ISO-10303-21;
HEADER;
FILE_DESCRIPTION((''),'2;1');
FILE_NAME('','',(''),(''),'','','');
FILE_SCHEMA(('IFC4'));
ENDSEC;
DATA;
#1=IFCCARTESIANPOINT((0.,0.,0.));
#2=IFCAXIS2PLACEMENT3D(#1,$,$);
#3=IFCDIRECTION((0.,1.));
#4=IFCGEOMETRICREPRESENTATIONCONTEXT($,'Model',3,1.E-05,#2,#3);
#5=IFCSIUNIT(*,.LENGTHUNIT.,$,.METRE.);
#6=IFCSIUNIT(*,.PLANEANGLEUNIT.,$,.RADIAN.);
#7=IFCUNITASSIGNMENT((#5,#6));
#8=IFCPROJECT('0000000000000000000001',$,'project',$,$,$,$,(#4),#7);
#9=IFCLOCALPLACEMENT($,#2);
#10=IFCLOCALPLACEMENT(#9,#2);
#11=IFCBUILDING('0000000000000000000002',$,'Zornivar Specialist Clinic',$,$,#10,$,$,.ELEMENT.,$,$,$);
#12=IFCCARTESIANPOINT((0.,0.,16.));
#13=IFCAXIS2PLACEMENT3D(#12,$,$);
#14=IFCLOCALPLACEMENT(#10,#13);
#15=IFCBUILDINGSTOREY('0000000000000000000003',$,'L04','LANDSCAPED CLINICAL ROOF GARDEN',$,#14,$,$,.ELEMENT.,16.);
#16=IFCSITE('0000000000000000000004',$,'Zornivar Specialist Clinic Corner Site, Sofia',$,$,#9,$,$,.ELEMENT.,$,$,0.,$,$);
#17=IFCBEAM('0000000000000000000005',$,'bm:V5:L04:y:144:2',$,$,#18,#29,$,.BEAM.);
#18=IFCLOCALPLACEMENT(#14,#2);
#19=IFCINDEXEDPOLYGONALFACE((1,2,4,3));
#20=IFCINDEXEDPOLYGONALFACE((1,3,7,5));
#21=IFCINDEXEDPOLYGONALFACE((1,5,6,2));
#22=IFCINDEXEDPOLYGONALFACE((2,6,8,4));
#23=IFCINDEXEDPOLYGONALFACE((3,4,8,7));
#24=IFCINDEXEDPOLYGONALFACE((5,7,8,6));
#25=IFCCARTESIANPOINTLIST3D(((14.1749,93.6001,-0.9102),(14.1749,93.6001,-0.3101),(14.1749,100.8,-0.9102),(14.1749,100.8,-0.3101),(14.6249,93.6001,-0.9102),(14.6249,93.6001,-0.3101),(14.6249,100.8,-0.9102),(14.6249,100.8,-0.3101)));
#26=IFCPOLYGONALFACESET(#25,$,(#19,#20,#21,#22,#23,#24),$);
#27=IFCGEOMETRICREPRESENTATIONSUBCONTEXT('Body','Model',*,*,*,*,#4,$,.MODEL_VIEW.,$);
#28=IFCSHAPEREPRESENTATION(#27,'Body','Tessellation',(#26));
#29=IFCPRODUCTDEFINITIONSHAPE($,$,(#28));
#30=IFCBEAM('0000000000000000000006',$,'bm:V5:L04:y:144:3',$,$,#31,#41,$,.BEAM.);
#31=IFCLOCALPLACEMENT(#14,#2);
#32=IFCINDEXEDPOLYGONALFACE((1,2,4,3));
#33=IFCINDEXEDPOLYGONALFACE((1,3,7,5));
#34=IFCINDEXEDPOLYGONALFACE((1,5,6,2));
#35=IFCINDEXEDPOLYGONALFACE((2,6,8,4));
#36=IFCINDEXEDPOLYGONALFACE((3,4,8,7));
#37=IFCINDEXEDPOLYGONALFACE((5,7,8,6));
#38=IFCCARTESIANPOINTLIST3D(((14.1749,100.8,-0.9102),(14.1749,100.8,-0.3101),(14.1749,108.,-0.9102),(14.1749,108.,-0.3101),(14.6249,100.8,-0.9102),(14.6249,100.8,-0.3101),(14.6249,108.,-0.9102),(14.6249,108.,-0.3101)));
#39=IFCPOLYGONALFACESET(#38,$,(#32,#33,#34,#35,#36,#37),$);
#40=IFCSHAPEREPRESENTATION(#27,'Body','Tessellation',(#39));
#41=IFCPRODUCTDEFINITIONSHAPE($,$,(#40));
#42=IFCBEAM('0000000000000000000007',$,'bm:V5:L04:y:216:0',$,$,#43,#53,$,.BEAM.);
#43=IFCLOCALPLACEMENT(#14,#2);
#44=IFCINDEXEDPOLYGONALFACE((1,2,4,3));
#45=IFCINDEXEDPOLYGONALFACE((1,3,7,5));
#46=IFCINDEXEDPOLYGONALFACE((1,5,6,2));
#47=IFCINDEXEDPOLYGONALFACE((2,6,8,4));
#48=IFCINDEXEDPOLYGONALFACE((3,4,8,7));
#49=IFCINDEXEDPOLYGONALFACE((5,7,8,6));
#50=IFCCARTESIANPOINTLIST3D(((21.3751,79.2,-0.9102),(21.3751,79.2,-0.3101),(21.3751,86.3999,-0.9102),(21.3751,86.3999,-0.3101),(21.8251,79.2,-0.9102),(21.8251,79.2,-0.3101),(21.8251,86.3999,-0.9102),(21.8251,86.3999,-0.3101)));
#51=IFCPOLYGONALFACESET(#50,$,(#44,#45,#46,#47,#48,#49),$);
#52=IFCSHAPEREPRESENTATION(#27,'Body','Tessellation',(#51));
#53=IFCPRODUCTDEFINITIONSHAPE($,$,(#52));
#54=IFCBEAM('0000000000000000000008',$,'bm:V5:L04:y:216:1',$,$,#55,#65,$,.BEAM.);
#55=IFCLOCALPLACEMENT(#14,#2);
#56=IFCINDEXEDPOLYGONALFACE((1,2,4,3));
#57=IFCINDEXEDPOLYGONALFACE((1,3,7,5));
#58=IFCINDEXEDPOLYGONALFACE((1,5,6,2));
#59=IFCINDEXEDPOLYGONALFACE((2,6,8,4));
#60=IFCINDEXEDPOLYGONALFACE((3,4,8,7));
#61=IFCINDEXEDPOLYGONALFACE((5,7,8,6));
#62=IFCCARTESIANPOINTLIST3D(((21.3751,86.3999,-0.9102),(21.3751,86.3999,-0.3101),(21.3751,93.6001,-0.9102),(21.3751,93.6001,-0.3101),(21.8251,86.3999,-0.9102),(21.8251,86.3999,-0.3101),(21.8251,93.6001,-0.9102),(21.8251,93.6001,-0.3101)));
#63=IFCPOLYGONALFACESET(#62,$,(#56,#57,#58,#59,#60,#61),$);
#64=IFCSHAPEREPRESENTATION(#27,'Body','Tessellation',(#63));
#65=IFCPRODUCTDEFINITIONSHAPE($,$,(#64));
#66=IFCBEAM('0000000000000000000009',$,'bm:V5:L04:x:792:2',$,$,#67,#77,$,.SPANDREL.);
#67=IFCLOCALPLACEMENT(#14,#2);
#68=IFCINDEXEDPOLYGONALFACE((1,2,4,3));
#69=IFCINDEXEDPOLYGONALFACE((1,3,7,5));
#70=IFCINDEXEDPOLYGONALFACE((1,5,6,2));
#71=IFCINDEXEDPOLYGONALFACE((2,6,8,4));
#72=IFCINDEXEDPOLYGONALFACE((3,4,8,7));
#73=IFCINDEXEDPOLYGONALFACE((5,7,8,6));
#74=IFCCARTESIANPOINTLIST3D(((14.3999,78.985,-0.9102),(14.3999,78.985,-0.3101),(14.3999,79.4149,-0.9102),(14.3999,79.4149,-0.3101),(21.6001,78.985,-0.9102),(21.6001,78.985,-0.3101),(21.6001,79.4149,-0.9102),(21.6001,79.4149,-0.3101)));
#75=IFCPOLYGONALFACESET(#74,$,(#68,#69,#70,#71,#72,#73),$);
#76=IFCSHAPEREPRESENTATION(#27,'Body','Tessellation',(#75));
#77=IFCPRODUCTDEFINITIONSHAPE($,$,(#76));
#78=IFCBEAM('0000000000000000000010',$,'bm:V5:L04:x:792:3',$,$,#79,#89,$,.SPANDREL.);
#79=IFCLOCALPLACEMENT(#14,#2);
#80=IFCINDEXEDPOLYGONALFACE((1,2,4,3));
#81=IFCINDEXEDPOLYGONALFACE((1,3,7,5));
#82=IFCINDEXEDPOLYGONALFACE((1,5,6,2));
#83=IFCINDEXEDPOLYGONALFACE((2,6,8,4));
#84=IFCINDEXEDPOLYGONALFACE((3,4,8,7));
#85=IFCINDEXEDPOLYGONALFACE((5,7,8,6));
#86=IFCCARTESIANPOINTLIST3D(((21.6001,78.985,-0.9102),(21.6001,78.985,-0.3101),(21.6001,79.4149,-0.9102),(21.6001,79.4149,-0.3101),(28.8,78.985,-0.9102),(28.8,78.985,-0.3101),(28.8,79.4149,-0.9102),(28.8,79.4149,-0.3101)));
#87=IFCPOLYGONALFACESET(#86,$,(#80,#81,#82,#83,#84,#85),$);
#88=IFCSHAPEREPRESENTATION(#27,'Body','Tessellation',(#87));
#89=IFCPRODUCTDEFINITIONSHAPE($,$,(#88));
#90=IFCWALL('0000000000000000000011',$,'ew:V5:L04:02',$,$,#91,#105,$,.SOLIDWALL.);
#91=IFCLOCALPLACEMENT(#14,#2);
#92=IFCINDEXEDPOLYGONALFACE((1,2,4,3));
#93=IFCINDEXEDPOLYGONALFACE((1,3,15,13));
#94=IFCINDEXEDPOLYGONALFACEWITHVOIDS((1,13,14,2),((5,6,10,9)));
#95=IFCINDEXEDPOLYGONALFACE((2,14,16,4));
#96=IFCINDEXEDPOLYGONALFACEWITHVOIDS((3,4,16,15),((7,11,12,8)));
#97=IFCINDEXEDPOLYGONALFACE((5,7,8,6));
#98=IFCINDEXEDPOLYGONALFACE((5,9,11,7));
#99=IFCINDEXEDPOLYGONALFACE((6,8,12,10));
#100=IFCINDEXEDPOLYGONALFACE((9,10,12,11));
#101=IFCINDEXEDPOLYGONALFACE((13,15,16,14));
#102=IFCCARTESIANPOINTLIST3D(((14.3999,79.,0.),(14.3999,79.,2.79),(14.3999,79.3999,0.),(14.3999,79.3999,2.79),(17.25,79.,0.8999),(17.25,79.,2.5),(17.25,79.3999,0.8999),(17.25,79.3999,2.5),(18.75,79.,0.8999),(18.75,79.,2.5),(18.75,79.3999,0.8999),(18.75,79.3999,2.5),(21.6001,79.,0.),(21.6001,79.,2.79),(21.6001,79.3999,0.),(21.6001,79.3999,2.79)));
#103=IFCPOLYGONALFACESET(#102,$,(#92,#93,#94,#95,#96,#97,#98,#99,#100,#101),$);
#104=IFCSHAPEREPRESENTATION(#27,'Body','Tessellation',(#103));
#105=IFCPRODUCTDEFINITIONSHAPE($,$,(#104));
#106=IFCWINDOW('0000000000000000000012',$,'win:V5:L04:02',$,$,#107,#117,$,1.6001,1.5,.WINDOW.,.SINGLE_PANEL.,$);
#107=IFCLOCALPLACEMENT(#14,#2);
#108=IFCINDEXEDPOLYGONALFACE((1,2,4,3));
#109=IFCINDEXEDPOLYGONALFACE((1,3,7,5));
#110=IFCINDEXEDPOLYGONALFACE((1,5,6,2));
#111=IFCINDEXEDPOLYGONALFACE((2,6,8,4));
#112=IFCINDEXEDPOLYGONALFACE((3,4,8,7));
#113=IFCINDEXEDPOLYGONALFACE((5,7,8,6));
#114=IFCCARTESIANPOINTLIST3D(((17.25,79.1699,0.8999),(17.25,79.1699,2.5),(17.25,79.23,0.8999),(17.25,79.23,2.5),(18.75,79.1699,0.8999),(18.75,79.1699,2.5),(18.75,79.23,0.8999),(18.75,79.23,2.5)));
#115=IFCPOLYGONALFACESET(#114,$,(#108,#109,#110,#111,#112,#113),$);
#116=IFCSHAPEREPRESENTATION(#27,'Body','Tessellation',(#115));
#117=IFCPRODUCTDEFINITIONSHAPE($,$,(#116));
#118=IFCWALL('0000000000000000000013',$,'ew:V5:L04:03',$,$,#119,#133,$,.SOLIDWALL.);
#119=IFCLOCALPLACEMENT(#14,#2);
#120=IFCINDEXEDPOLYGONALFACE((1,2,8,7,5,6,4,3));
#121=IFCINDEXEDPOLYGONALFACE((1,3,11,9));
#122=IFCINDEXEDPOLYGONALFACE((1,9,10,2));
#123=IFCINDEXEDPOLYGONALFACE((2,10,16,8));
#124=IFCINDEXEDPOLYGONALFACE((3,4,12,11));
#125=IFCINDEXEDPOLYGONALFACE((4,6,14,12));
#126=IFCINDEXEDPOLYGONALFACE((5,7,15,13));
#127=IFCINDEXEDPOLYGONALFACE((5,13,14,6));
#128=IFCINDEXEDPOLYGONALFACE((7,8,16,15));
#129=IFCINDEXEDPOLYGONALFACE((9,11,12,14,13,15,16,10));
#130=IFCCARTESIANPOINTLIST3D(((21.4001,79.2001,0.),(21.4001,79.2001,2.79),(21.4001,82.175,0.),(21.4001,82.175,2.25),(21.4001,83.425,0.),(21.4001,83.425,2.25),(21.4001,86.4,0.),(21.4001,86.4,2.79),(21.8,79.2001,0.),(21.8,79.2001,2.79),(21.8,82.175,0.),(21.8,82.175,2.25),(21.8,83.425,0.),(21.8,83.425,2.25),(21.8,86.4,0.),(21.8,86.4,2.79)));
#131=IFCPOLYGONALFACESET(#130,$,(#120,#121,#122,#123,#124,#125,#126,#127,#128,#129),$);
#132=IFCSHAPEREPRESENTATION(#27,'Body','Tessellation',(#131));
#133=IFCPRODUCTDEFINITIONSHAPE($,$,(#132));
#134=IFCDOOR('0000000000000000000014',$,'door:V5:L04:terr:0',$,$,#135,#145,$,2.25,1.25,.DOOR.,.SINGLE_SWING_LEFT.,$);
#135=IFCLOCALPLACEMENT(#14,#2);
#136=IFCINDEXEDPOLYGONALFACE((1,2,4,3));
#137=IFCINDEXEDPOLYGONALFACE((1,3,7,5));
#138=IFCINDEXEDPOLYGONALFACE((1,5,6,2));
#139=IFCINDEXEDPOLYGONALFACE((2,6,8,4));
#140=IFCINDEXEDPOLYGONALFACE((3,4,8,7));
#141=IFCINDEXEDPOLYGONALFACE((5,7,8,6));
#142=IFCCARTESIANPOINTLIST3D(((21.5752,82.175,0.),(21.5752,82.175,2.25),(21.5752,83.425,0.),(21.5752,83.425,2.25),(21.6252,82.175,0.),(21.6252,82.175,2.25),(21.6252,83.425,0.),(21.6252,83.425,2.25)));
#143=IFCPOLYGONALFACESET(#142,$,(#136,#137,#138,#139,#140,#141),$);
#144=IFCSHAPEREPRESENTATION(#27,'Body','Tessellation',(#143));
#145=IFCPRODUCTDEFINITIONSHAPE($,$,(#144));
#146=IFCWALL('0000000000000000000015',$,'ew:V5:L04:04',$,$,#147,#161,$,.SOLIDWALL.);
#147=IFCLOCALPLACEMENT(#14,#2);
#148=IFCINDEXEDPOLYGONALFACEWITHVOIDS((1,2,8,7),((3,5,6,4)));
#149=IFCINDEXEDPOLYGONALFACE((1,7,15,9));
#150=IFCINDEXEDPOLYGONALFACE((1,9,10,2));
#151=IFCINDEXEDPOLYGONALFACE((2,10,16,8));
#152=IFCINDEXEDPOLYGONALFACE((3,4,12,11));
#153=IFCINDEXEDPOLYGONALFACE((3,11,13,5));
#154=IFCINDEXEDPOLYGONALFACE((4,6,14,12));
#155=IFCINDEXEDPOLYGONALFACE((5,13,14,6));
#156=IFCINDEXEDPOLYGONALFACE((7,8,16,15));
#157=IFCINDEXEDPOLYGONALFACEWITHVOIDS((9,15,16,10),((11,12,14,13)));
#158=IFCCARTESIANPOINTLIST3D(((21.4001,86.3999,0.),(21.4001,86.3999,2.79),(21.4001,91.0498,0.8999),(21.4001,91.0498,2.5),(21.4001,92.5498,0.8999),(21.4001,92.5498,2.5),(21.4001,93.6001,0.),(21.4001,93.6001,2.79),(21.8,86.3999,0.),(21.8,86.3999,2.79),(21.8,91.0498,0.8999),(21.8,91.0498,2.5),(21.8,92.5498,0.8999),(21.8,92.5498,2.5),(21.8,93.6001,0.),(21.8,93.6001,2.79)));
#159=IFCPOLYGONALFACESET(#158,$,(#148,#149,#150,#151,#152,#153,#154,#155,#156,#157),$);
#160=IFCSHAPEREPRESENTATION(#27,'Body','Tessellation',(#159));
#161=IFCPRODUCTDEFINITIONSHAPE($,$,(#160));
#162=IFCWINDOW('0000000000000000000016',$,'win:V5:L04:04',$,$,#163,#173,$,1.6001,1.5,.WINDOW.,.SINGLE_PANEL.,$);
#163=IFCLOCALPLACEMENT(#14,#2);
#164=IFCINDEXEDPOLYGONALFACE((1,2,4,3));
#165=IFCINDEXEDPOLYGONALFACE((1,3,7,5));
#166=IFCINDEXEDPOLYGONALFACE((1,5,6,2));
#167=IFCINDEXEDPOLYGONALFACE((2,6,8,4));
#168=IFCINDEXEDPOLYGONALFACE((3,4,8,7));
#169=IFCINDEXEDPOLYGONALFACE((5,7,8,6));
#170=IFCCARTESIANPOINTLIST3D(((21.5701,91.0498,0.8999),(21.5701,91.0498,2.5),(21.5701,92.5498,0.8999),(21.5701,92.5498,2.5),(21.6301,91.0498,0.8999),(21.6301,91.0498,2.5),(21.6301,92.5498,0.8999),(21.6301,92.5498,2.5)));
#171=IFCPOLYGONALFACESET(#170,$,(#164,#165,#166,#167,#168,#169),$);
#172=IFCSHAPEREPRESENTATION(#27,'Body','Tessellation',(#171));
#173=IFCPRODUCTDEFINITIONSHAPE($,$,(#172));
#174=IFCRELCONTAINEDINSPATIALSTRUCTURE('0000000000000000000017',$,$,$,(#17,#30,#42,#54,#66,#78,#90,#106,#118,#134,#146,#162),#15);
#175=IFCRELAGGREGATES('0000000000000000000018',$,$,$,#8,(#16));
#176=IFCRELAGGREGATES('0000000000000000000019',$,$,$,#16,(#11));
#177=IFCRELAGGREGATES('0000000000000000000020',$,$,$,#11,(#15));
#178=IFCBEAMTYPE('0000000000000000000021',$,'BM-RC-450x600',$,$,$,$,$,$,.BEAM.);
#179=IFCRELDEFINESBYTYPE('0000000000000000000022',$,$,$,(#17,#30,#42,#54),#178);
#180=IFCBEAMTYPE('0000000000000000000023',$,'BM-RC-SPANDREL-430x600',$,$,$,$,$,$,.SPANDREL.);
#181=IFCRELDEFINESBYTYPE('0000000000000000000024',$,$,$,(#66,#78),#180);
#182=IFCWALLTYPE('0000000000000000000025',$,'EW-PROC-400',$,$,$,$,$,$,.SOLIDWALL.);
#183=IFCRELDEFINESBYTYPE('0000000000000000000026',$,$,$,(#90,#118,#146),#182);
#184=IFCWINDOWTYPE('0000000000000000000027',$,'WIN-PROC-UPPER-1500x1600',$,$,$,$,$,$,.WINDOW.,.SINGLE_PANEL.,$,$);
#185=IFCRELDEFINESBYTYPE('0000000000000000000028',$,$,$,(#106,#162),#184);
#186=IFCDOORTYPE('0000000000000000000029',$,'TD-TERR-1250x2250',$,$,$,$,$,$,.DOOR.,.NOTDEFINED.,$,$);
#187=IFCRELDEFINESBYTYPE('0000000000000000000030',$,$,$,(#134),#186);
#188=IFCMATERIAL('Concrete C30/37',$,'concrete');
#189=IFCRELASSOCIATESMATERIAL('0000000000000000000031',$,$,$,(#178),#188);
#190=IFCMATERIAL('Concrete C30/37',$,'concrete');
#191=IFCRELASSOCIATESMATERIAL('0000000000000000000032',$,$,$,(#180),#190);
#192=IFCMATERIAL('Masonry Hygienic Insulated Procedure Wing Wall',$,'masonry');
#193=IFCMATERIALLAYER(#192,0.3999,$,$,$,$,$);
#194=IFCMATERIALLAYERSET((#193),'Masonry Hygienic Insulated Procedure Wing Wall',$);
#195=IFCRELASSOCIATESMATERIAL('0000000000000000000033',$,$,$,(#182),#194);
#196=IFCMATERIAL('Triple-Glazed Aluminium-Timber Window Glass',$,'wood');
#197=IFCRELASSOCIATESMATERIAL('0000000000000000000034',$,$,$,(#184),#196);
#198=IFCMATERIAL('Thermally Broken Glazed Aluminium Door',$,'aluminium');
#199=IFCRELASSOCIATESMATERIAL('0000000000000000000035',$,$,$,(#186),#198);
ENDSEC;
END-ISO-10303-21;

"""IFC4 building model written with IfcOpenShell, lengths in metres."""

from ifc_helpers import new_model, si_unit, direction, frame, frame_2d, origin, origin_2d, place, context, subcontext, project, spatial, rectangle, extrude, material, layer, layer_set, material_profile, profile_set, type_object, element, fill, save


model = new_model("IFC4")

# Units and contexts
model_context = context("Model", 3, precision=1e-05, world=origin(), true_north=direction((0.0, 1.0)))
body_context = subcontext(model_context, "Body", "Model", "MODEL_VIEW")
ifc_project = project(units=[si_unit("LENGTHUNIT", "METRE"), si_unit("PLANEANGLEUNIT", "RADIAN")], contexts=[model_context])

# Site, building, storey
site_placement = place(None, origin())
site = spatial("IfcSite", under=ifc_project, at=site_placement, Name="Zornivar Specialist Clinic Corner Site, Sofia", CompositionType="ELEMENT", RefElevation=0.0)
building_placement = place(site_placement, origin())
building = spatial("IfcBuilding", under=site, at=building_placement, Name="Zornivar Specialist Clinic", CompositionType="ELEMENT")
storey_placement = place(building_placement, frame((0.0, 0.0, 16.0)))
storey = spatial("IfcBuildingStorey", under=building, at=storey_placement, Name="L04", Description="LANDSCAPED CLINICAL ROOF GARDEN", CompositionType="ELEMENT", Elevation=16.0)

# Beams
ifc_material_1 = material(Name="Concrete C30/37", Category="concrete")
ifc_material_profile_1 = material_profile(ifc_material_1, rectangle(XDim=0.45, YDim=0.6001, at=origin_2d()), Name="RC 450x600")
ifc_profile_set_1 = profile_set([ifc_material_profile_1], Name="Concrete C30/37")
beam_type_1 = type_object("IfcBeamType", Name="BM-RC-450x600", PredefinedType="BEAM", material=ifc_profile_set_1)
for number, where, z_axis, x_axis, name in (
    (1, (14.3999, 93.6001, -0.6101), (0.0, 1.0, 0.0), (-1.0, 0.0, 0.0), "bm:V5:L04:y:144:2"),
    (2, (14.3999, 100.8, -0.6101), (0.0, 1.0, 0.0), (-1.0, 0.0, 0.0), "bm:V5:L04:y:144:3"),
    (3, (21.6001, 79.2, -0.6101), (0.0, 1.0, 0.0), (-1.0, 0.0, 0.0), "bm:V5:L04:y:216:0"),
):
    element("IfcBeam", number, at=place(storey_placement, frame(where, z_axis=z_axis, x_axis=x_axis)), inside=storey, type_object=beam_type_1, Name=name, PredefinedType="BEAM", context=body_context, shape_type="SweptSolid", body=[
        extrude(rectangle(XDim=0.45, YDim=0.6001, at=origin_2d()), origin(), (0.0, 0.0, 1.0), 7.2),
    ])
beam_1_placement = place(storey_placement, frame((21.6001, 86.3999, -0.6101), z_axis=(0.0, 1.0, 0.0), x_axis=(-1.0, 0.0, 0.0)))
element("IfcBeam", 4, at=beam_1_placement, inside=storey, type_object=beam_type_1, Name="bm:V5:L04:y:216:1", PredefinedType="BEAM", context=body_context, shape_type="SweptSolid", body=[
    extrude(rectangle(XDim=0.45, YDim=0.6001, at=origin_2d()), origin(), (0.0, 0.0, 1.0), 7.2002),
])
ifc_material_2 = material(Name="Concrete C30/37", Category="concrete")
ifc_material_profile_2 = material_profile(ifc_material_2, rectangle(XDim=0.4299, YDim=0.6001, at=origin_2d()), Name="RC 430x600")
ifc_profile_set_2 = profile_set([ifc_material_profile_2], Name="Concrete C30/37")
beam_type_2 = type_object("IfcBeamType", Name="BM-RC-SPANDREL-430x600", PredefinedType="SPANDREL", material=ifc_profile_set_2)
beam_2_placement = place(storey_placement, frame((14.3999, 79.2, -0.6101), z_axis=(1.0, 0.0, 0.0), x_axis=(0.0, 1.0, 0.0)))
element("IfcBeam", 5, at=beam_2_placement, inside=storey, type_object=beam_type_2, Name="bm:V5:L04:x:792:2", PredefinedType="SPANDREL", context=body_context, shape_type="SweptSolid", body=[
    extrude(rectangle(XDim=0.4299, YDim=0.6001, at=origin_2d()), origin(), (0.0, 0.0, 1.0), 7.2002),
])
beam_3_placement = place(storey_placement, frame((21.6001, 79.2, -0.6101), z_axis=(1.0, 0.0, 0.0), x_axis=(0.0, 1.0, 0.0)))
element("IfcBeam", 6, at=beam_3_placement, inside=storey, type_object=beam_type_2, Name="bm:V5:L04:x:792:3", PredefinedType="SPANDREL", context=body_context, shape_type="SweptSolid", body=[
    extrude(rectangle(XDim=0.4299, YDim=0.6001, at=origin_2d()), origin(), (0.0, 0.0, 1.0), 7.2),
])

# Wall, opening, window
ifc_material_3 = material(Name="Masonry Hygienic Insulated Procedure Wing Wall", Category="masonry")
ifc_layer_1 = layer(ifc_material_3, 0.3999)
ifc_layer_set_1 = layer_set([ifc_layer_1], Name="Masonry Hygienic Insulated Procedure Wing Wall")
wall_type_1 = type_object("IfcWallType", Name="EW-PROC-400", PredefinedType="SOLIDWALL", material=ifc_layer_set_1)
wall_1_placement = place(storey_placement, frame((14.3999, 79.2, 0.0), z_axis=(0.0, 0.0, 1.0), x_axis=(1.0, 0.0, 0.0)))
wall_1 = element("IfcWall", 7, at=wall_1_placement, inside=storey, type_object=wall_type_1, Name="ew:V5:L04:02", PredefinedType="SOLIDWALL", context=body_context, shape_type="SweptSolid", body=[
    extrude(rectangle(XDim=7.2002, YDim=0.3999, at=frame_2d((3.6001, 0.0))), origin(), (0.0, 0.0, 1.0), 2.79),
])
opening_1_placement = place(wall_1_placement, frame((2.8501, 0.0, 0.8999)))
opening_1 = element("IfcOpeningElement", 8, at=opening_1_placement, cuts=wall_1, PredefinedType="OPENING", context=body_context, shape_type="SweptSolid", body=[
    extrude(rectangle(XDim=1.5, YDim=1.6001, at=frame_2d((0.75, 0.8))), frame((0.0, 0.21, 0.0), z_axis=(0.0, -1.0, 0.0), x_axis=(1.0, 0.0, 0.0)), (0.0, 0.0, 1.0), 0.4199),
])
ifc_material_4 = material(Name="Triple-Glazed Aluminium-Timber Window Glass", Category="wood")
window_type = type_object("IfcWindowType", Name="WIN-PROC-UPPER-1500x1600", PartitioningType="SINGLE_PANEL", PredefinedType="WINDOW", material=ifc_material_4)
window_1_placement = place(opening_1_placement, origin())
window_1 = element("IfcWindow", 9, at=window_1_placement, inside=storey, type_object=window_type, Name="win:V5:L04:02", OverallHeight=1.6001, OverallWidth=1.5, PartitioningType="SINGLE_PANEL", PredefinedType="WINDOW", context=body_context, shape_type="SweptSolid", body=[
    extrude(rectangle(XDim=1.5, YDim=1.6001, at=frame_2d((0.75, 0.8))), frame((0.0, 0.03, 0.0), z_axis=(0.0, -1.0, 0.0), x_axis=(1.0, 0.0, 0.0)), (0.0, 0.0, 1.0), 0.0601),
])
fill(opening_1, window_1)

# Wall, opening, door
wall_2_placement = place(storey_placement, frame((21.6001, 79.2, 0.0), z_axis=(0.0, 0.0, 1.0), x_axis=(0.0, 1.0, 0.0)))
wall_2 = element("IfcWall", 10, at=wall_2_placement, inside=storey, type_object=wall_type_1, Name="ew:V5:L04:03", PredefinedType="SOLIDWALL", context=body_context, shape_type="SweptSolid", body=[
    extrude(rectangle(XDim=7.2, YDim=0.3999, at=frame_2d((3.6001, 0.0))), origin(), (0.0, 0.0, 1.0), 2.79),
])
opening_2_placement = place(wall_2_placement, frame((2.9751, 0.0, 0.0)))
opening_2 = element("IfcOpeningElement", 11, at=opening_2_placement, cuts=wall_2, PredefinedType="OPENING", context=body_context, shape_type="SweptSolid", body=[
    extrude(rectangle(XDim=1.25, YDim=2.25, at=frame_2d((0.625, 1.125))), frame((0.0, 0.21, 0.0), z_axis=(0.0, -1.0, 0.0), x_axis=(1.0, 0.0, 0.0)), (0.0, 0.0, 1.0), 0.4199),
])
ifc_material_5 = material(Name="Thermally Broken Glazed Aluminium Door", Category="aluminium")
door_type = type_object("IfcDoorType", Name="TD-TERR-1250x2250", OperationType="NOTDEFINED", PredefinedType="DOOR", material=ifc_material_5)
door_placement = place(opening_2_placement, origin())
door = element("IfcDoor", 12, at=door_placement, inside=storey, type_object=door_type, Name="door:V5:L04:terr:0", OperationType="SINGLE_SWING_LEFT", OverallHeight=2.25, OverallWidth=1.25, PredefinedType="DOOR", context=body_context, shape_type="SweptSolid", body=[
    extrude(rectangle(XDim=1.25, YDim=2.25, at=frame_2d((0.625, 1.125))), frame((0.0, 0.0249, 0.0), z_axis=(0.0, -1.0, 0.0), x_axis=(1.0, 0.0, 0.0)), (0.0, 0.0, 1.0), 0.05),
])
fill(opening_2, door)

# Wall, opening, window
wall_3_placement = place(storey_placement, frame((21.6001, 86.3999, 0.0), z_axis=(0.0, 0.0, 1.0), x_axis=(0.0, 1.0, 0.0)))
wall_3 = element("IfcWall", 13, at=wall_3_placement, inside=storey, type_object=wall_type_1, Name="ew:V5:L04:04", PredefinedType="SOLIDWALL", context=body_context, shape_type="SweptSolid", body=[
    extrude(rectangle(XDim=7.2002, YDim=0.3999, at=frame_2d((3.6001, 0.0))), origin(), (0.0, 0.0, 1.0), 2.79),
])
opening_3_placement = place(wall_3_placement, frame((4.6499, 0.0, 0.8999)))
opening_3 = element("IfcOpeningElement", 14, at=opening_3_placement, cuts=wall_3, PredefinedType="OPENING", context=body_context, shape_type="SweptSolid", body=[
    extrude(rectangle(XDim=1.5, YDim=1.6001, at=frame_2d((0.75, 0.8))), frame((0.0, 0.21, 0.0), z_axis=(0.0, -1.0, 0.0), x_axis=(1.0, 0.0, 0.0)), (0.0, 0.0, 1.0), 0.4199),
])
window_2_placement = place(opening_3_placement, origin())
window_2 = element("IfcWindow", 15, at=window_2_placement, inside=storey, type_object=window_type, Name="win:V5:L04:04", OverallHeight=1.6001, OverallWidth=1.5, PartitioningType="SINGLE_PANEL", PredefinedType="WINDOW", context=body_context, shape_type="SweptSolid", body=[
    extrude(rectangle(XDim=1.5, YDim=1.6001, at=frame_2d((0.75, 0.8))), frame((0.0, 0.03, 0.0), z_axis=(0.0, -1.0, 0.0), x_axis=(1.0, 0.0, 0.0)), (0.0, 0.0, 1.0), 0.0601),
])
fill(opening_3, window_2)

save(model, "model.ifc")
